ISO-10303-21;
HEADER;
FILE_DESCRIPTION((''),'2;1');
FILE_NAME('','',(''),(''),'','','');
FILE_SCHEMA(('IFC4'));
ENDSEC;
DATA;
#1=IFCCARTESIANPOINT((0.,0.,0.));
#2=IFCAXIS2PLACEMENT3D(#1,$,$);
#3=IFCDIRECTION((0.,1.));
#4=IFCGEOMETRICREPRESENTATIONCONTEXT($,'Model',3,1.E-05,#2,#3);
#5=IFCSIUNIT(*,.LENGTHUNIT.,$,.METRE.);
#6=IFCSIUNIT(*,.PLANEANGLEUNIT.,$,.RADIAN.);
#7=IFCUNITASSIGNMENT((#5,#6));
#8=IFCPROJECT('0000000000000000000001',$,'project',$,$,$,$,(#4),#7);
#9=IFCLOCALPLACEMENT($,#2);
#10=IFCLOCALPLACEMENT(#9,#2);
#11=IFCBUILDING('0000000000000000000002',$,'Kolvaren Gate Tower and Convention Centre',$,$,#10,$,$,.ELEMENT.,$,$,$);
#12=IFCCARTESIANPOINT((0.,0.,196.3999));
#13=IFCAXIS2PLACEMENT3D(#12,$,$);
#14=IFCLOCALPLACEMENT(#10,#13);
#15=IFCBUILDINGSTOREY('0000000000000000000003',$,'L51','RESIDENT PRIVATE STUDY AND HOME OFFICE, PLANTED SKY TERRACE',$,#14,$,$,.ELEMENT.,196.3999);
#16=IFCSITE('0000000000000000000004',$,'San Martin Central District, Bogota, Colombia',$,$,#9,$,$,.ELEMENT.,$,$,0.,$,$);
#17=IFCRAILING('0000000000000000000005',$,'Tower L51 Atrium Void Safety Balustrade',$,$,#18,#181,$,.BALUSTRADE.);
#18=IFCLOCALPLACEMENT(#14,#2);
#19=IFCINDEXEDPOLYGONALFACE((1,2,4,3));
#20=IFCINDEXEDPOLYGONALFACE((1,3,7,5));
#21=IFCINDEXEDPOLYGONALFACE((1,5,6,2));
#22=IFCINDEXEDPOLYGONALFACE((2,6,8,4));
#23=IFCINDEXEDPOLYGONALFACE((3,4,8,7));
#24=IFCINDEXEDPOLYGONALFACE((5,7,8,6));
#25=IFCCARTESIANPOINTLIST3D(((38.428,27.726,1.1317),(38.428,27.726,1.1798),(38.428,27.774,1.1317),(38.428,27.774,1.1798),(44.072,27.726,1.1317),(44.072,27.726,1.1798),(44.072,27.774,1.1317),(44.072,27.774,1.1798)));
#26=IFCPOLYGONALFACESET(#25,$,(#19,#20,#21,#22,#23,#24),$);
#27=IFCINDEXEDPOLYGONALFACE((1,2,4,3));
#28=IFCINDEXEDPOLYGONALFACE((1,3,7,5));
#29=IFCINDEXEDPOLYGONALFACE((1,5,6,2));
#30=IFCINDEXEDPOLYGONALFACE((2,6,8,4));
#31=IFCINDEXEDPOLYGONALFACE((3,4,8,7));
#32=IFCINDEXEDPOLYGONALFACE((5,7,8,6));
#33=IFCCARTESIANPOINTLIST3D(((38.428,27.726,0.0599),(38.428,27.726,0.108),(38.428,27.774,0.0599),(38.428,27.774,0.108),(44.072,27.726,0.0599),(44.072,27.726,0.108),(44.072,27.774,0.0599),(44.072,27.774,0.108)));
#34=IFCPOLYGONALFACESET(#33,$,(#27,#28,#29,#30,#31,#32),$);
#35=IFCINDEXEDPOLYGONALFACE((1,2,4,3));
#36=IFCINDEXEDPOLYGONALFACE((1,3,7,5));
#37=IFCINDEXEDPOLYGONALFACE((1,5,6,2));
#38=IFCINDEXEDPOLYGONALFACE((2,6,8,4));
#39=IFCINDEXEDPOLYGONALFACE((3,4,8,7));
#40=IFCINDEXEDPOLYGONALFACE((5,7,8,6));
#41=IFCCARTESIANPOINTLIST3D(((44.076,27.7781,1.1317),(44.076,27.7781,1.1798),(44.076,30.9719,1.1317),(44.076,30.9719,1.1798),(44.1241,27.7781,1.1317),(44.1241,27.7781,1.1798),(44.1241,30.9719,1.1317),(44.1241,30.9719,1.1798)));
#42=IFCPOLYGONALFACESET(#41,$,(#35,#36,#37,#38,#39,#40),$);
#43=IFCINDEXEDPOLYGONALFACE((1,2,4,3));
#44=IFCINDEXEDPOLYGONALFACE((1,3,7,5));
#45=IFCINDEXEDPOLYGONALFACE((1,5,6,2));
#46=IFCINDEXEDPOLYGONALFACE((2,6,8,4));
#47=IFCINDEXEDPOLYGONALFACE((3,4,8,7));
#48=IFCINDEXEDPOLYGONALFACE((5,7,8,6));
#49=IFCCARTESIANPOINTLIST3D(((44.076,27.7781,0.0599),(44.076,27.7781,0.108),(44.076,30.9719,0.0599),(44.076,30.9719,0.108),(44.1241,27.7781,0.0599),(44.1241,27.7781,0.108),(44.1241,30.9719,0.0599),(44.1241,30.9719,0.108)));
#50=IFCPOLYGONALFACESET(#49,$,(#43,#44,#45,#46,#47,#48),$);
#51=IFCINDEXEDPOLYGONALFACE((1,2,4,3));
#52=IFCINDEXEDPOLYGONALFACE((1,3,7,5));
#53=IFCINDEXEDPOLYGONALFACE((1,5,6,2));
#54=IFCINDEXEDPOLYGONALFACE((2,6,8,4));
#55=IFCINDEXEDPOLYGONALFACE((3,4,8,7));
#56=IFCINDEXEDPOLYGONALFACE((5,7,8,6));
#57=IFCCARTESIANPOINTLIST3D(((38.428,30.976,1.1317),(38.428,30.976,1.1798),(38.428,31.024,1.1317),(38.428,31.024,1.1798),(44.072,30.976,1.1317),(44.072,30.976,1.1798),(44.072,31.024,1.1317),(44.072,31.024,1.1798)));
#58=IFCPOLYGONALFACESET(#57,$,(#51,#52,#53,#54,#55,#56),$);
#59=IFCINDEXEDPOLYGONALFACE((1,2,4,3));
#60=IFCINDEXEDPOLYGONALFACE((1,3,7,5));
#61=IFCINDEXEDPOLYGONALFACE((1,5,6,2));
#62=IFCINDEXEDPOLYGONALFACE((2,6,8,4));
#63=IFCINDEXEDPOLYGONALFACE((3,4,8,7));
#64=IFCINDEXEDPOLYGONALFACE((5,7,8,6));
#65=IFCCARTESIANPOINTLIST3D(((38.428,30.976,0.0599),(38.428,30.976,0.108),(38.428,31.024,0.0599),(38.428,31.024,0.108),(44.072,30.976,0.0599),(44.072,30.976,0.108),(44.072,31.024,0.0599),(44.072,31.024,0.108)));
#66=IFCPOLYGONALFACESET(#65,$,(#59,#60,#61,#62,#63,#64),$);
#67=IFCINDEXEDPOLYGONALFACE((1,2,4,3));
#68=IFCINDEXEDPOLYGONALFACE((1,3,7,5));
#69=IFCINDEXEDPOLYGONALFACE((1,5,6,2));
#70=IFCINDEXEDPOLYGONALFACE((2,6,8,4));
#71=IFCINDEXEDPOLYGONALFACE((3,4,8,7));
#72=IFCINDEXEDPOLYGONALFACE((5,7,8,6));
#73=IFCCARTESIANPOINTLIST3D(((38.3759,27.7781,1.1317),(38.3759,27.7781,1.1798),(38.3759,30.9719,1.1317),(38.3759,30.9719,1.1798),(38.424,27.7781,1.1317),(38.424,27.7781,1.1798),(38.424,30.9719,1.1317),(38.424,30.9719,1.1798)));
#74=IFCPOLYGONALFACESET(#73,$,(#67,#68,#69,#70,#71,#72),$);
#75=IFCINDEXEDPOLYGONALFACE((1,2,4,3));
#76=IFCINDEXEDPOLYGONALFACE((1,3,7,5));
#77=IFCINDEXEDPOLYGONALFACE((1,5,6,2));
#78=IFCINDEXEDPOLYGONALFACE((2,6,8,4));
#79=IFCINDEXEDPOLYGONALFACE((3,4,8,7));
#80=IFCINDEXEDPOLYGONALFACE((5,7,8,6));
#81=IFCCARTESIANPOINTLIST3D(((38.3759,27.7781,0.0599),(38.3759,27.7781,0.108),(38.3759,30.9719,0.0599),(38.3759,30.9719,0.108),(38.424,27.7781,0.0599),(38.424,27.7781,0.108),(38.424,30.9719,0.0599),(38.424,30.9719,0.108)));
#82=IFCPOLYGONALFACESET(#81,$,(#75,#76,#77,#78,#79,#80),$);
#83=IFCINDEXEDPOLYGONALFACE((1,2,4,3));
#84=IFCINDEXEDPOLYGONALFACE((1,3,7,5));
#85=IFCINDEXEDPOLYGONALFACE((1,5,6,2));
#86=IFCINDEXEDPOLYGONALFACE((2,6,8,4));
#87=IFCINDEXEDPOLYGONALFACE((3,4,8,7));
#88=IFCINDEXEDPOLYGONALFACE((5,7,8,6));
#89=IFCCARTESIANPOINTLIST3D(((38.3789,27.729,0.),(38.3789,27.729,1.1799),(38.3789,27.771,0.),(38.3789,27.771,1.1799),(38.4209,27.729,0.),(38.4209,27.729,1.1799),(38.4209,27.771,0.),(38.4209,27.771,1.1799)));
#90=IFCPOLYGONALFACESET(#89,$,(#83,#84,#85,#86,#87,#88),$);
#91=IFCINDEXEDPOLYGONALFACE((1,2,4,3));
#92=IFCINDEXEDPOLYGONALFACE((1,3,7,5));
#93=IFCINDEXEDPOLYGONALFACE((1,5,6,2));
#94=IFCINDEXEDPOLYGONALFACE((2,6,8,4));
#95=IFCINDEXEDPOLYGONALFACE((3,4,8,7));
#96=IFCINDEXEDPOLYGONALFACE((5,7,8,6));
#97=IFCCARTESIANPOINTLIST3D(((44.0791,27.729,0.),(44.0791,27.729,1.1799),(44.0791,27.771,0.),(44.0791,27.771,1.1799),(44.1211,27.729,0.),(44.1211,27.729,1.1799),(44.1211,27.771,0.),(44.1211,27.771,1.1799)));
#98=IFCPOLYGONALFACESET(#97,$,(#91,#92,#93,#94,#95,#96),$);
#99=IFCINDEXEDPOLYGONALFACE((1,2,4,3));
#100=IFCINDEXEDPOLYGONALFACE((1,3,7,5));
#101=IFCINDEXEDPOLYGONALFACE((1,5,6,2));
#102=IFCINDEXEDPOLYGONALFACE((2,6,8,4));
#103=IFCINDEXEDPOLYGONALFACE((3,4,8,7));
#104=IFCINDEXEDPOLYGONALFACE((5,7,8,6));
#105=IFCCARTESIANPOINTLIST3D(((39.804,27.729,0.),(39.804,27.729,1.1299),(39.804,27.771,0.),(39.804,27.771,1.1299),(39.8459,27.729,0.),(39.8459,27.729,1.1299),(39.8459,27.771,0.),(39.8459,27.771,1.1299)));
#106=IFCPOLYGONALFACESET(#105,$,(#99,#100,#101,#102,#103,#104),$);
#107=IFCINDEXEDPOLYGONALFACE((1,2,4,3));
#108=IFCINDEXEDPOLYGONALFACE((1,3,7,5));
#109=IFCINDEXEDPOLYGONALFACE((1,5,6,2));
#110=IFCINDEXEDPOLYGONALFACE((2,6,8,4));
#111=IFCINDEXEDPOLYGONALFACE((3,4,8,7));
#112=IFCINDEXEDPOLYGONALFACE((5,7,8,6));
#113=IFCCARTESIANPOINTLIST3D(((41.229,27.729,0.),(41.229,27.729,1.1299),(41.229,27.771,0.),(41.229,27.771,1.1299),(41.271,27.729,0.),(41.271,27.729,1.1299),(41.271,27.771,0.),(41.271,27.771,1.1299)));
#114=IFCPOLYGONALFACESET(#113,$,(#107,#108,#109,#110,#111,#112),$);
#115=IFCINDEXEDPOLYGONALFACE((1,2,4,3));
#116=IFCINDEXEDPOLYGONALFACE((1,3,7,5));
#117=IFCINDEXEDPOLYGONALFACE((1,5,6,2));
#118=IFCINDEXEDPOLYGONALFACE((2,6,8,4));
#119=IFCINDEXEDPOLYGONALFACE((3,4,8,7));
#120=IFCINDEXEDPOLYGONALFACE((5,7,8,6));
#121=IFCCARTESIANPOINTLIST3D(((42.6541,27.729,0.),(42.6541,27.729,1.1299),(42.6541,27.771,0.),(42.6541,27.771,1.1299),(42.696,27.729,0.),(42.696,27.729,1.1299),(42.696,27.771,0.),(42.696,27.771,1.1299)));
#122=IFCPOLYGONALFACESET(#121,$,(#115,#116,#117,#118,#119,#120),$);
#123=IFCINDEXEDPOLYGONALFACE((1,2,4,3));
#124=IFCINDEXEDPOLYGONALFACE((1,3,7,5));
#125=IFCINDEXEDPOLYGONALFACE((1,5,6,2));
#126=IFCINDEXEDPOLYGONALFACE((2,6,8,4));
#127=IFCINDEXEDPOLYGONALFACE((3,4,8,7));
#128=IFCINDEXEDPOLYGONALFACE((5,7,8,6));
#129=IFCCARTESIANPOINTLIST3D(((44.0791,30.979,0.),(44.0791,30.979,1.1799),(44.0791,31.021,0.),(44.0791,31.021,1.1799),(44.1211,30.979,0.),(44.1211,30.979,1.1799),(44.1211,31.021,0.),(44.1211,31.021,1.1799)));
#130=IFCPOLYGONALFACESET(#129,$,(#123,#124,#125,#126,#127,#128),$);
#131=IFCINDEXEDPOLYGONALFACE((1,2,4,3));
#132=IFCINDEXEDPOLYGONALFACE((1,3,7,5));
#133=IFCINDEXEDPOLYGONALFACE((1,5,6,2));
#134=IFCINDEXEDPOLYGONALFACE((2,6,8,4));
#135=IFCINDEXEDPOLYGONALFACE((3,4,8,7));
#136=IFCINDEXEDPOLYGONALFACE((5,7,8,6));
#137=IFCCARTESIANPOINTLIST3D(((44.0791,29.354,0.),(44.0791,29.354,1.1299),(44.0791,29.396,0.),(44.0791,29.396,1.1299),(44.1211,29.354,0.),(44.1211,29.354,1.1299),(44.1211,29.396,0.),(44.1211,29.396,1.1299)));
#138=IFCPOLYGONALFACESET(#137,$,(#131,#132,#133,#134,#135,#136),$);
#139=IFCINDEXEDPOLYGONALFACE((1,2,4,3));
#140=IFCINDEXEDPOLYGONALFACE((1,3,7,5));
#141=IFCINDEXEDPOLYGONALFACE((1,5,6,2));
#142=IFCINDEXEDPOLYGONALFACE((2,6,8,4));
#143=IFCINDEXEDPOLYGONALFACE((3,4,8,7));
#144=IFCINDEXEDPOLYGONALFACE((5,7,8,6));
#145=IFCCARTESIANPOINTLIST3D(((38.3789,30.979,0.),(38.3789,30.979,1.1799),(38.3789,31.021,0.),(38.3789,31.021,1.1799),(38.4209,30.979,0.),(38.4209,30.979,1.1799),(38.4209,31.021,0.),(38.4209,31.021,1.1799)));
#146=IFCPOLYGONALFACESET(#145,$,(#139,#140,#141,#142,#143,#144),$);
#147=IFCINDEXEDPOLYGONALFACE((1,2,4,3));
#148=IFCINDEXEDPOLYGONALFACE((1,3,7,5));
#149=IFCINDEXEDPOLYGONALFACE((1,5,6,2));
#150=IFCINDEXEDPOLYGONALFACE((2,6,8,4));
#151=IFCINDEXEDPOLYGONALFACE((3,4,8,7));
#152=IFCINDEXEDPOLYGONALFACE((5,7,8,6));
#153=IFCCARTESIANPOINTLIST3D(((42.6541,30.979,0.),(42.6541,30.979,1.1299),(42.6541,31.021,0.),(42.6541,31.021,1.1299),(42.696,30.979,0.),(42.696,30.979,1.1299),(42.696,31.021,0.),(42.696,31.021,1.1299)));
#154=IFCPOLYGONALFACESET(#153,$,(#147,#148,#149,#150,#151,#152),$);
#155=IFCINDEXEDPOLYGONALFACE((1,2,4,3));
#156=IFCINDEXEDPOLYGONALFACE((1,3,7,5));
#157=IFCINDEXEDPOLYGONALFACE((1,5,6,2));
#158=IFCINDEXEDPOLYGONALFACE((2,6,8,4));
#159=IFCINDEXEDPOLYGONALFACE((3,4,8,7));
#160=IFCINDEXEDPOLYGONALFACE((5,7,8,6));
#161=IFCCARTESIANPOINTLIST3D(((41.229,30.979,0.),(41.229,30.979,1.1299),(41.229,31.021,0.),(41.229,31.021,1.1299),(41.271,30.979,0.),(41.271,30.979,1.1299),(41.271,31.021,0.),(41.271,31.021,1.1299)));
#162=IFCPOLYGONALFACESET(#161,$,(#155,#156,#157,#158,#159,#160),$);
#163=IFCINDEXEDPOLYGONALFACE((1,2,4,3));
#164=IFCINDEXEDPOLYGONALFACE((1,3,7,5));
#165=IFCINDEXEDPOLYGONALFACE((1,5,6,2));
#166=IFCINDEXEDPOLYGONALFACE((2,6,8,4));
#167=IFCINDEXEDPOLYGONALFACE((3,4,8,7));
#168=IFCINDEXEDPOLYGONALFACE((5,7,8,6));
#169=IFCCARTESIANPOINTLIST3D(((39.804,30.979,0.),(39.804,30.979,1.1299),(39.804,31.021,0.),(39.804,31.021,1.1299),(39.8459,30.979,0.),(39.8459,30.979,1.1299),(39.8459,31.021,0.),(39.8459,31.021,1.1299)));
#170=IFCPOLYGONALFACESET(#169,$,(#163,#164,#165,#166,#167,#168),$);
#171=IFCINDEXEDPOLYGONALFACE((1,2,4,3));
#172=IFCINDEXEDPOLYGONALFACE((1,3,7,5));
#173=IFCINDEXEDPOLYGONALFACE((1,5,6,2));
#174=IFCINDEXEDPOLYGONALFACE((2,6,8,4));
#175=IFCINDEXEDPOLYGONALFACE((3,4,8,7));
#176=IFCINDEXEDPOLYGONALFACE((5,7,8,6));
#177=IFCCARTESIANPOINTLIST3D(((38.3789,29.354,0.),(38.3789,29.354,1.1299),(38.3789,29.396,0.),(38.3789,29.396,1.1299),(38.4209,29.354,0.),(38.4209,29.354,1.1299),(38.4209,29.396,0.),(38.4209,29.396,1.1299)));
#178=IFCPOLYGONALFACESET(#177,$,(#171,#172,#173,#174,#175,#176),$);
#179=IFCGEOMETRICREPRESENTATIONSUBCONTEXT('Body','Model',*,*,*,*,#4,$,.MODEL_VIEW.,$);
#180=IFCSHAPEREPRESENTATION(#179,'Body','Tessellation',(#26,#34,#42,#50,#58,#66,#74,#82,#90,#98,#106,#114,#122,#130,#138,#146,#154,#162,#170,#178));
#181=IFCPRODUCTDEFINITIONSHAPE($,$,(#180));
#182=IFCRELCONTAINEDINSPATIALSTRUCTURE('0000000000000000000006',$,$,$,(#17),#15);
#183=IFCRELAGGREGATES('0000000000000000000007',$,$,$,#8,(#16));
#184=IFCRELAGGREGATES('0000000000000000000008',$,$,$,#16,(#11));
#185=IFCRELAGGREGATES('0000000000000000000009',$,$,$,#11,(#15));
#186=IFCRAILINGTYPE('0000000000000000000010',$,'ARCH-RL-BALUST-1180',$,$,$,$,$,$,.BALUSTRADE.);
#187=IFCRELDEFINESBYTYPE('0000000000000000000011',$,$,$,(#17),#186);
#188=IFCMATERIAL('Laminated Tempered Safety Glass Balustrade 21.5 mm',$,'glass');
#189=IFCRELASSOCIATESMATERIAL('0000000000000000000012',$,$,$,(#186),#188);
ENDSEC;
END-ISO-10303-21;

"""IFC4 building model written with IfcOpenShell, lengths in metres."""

from ifc_helpers import new_model, si_unit, direction, frame, origin, origin_2d, place, context, subcontext, project, spatial, rectangle, extrude, material, type_object, element, save


model = new_model("IFC4")

# Units and contexts
model_context = context("Model", 3, precision=1e-05, world=origin(), true_north=direction((0.0, 1.0)))
body_context = subcontext(model_context, "Body", "Model", "MODEL_VIEW")
ifc_project = project(units=[si_unit("LENGTHUNIT", "METRE"), si_unit("PLANEANGLEUNIT", "RADIAN")], contexts=[model_context])

# Site, building, storey
site_placement = place(None, origin())
site = spatial("IfcSite", under=ifc_project, at=site_placement, Name="San Martin Central District, Bogota, Colombia", CompositionType="ELEMENT", RefElevation=0.0)
building_placement = place(site_placement, origin())
building = spatial("IfcBuilding", under=site, at=building_placement, Name="Kolvaren Gate Tower and Convention Centre", CompositionType="ELEMENT")
storey_placement = place(building_placement, frame((0.0, 0.0, 196.3999)))
storey = spatial("IfcBuildingStorey", under=building, at=storey_placement, Name="L51", Description="RESIDENT PRIVATE STUDY AND HOME OFFICE, PLANTED SKY TERRACE", CompositionType="ELEMENT", Elevation=196.3999)

# Railing
ifc_material_1 = material(Name="Laminated Tempered Safety Glass Balustrade 21.5 mm", Category="glass")
railing_type = type_object("IfcRailingType", Name="ARCH-RL-BALUST-1180", PredefinedType="BALUSTRADE", material=ifc_material_1)
railing_placement = place(storey_placement, frame((38.3999, 27.75, 0.0)))
element("IfcRailing", 1, at=railing_placement, inside=storey, type_object=railing_type, Name="Tower L51 Atrium Void Safety Balustrade", PredefinedType="BALUSTRADE", context=body_context, shape_type="SweptSolid", body=[
    extrude(rectangle(XDim=0.0481, YDim=0.0481, at=origin_2d()), frame((0.0281, 0.0, 1.1558), z_axis=(1.0, 0.0, 0.0), x_axis=(0.0, 1.0, 0.0)), (0.0, 0.0, 1.0), 5.644),
    extrude(rectangle(XDim=0.0481, YDim=0.0481, at=origin_2d()), frame((0.0281, 0.0, 0.084), z_axis=(1.0, 0.0, 0.0), x_axis=(0.0, 1.0, 0.0)), (0.0, 0.0, 1.0), 5.644),
    extrude(rectangle(XDim=0.0481, YDim=0.0481, at=origin_2d()), frame((5.7002, 0.0281, 1.1558), z_axis=(0.0, 1.0, 0.0), x_axis=(-1.0, 0.0, 0.0)), (0.0, 0.0, 1.0), 3.1938),
    extrude(rectangle(XDim=0.0481, YDim=0.0481, at=origin_2d()), frame((5.7002, 0.0281, 0.084), z_axis=(0.0, 1.0, 0.0), x_axis=(-1.0, 0.0, 0.0)), (0.0, 0.0, 1.0), 3.1938),
    extrude(rectangle(XDim=0.0481, YDim=0.0481, at=origin_2d()), frame((5.6721, 3.25, 1.1558), z_axis=(-1.0, 0.0, 0.0), x_axis=(0.0, -1.0, 0.0)), (0.0, 0.0, 1.0), 5.644),
    extrude(rectangle(XDim=0.0481, YDim=0.0481, at=origin_2d()), frame((5.6721, 3.25, 0.084), z_axis=(-1.0, 0.0, 0.0), x_axis=(0.0, -1.0, 0.0)), (0.0, 0.0, 1.0), 5.644),
    extrude(rectangle(XDim=0.0481, YDim=0.0481, at=origin_2d()), frame((0.0, 3.2219, 1.1558), z_axis=(0.0, -1.0, 0.0), x_axis=(1.0, 0.0, 0.0)), (0.0, 0.0, 1.0), 3.1938),
    extrude(rectangle(XDim=0.0481, YDim=0.0481, at=origin_2d()), frame((0.0, 3.2219, 0.084), z_axis=(0.0, -1.0, 0.0), x_axis=(1.0, 0.0, 0.0)), (0.0, 0.0, 1.0), 3.1938),
    extrude(rectangle(XDim=0.042, YDim=0.042, at=origin_2d()), origin(), (0.0, 0.0, 1.0), 1.1799),
    extrude(rectangle(XDim=0.042, YDim=0.042, at=origin_2d()), frame((5.7002, 0.0, 0.0)), (0.0, 0.0, 1.0), 1.1799),
    extrude(rectangle(XDim=0.042, YDim=0.042, at=origin_2d()), frame((1.425, 0.0, 0.0)), (0.0, 0.0, 1.0), 1.1299),
    extrude(rectangle(XDim=0.042, YDim=0.042, at=origin_2d()), frame((2.8501, 0.0, 0.0)), (0.0, 0.0, 1.0), 1.1299),
    extrude(rectangle(XDim=0.042, YDim=0.042, at=origin_2d()), frame((4.2751, 0.0, 0.0)), (0.0, 0.0, 1.0), 1.1299),
    extrude(rectangle(XDim=0.042, YDim=0.042, at=origin_2d()), frame((5.7002, 3.25, 0.0)), (0.0, 0.0, 1.0), 1.1799),
    extrude(rectangle(XDim=0.042, YDim=0.042, at=origin_2d()), frame((5.7002, 1.625, 0.0)), (0.0, 0.0, 1.0), 1.1299),
    extrude(rectangle(XDim=0.042, YDim=0.042, at=origin_2d()), frame((0.0, 3.25, 0.0)), (0.0, 0.0, 1.0), 1.1799),
    extrude(rectangle(XDim=0.042, YDim=0.042, at=origin_2d()), frame((4.2751, 3.25, 0.0)), (0.0, 0.0, 1.0), 1.1299),
    extrude(rectangle(XDim=0.042, YDim=0.042, at=origin_2d()), frame((2.8501, 3.25, 0.0)), (0.0, 0.0, 1.0), 1.1299),
    extrude(rectangle(XDim=0.042, YDim=0.042, at=origin_2d()), frame((1.425, 3.25, 0.0)), (0.0, 0.0, 1.0), 1.1299),
    extrude(rectangle(XDim=0.042, YDim=0.042, at=origin_2d()), frame((0.0, 1.625, 0.0)), (0.0, 0.0, 1.0), 1.1299),
])

save(model, "model.ifc")
